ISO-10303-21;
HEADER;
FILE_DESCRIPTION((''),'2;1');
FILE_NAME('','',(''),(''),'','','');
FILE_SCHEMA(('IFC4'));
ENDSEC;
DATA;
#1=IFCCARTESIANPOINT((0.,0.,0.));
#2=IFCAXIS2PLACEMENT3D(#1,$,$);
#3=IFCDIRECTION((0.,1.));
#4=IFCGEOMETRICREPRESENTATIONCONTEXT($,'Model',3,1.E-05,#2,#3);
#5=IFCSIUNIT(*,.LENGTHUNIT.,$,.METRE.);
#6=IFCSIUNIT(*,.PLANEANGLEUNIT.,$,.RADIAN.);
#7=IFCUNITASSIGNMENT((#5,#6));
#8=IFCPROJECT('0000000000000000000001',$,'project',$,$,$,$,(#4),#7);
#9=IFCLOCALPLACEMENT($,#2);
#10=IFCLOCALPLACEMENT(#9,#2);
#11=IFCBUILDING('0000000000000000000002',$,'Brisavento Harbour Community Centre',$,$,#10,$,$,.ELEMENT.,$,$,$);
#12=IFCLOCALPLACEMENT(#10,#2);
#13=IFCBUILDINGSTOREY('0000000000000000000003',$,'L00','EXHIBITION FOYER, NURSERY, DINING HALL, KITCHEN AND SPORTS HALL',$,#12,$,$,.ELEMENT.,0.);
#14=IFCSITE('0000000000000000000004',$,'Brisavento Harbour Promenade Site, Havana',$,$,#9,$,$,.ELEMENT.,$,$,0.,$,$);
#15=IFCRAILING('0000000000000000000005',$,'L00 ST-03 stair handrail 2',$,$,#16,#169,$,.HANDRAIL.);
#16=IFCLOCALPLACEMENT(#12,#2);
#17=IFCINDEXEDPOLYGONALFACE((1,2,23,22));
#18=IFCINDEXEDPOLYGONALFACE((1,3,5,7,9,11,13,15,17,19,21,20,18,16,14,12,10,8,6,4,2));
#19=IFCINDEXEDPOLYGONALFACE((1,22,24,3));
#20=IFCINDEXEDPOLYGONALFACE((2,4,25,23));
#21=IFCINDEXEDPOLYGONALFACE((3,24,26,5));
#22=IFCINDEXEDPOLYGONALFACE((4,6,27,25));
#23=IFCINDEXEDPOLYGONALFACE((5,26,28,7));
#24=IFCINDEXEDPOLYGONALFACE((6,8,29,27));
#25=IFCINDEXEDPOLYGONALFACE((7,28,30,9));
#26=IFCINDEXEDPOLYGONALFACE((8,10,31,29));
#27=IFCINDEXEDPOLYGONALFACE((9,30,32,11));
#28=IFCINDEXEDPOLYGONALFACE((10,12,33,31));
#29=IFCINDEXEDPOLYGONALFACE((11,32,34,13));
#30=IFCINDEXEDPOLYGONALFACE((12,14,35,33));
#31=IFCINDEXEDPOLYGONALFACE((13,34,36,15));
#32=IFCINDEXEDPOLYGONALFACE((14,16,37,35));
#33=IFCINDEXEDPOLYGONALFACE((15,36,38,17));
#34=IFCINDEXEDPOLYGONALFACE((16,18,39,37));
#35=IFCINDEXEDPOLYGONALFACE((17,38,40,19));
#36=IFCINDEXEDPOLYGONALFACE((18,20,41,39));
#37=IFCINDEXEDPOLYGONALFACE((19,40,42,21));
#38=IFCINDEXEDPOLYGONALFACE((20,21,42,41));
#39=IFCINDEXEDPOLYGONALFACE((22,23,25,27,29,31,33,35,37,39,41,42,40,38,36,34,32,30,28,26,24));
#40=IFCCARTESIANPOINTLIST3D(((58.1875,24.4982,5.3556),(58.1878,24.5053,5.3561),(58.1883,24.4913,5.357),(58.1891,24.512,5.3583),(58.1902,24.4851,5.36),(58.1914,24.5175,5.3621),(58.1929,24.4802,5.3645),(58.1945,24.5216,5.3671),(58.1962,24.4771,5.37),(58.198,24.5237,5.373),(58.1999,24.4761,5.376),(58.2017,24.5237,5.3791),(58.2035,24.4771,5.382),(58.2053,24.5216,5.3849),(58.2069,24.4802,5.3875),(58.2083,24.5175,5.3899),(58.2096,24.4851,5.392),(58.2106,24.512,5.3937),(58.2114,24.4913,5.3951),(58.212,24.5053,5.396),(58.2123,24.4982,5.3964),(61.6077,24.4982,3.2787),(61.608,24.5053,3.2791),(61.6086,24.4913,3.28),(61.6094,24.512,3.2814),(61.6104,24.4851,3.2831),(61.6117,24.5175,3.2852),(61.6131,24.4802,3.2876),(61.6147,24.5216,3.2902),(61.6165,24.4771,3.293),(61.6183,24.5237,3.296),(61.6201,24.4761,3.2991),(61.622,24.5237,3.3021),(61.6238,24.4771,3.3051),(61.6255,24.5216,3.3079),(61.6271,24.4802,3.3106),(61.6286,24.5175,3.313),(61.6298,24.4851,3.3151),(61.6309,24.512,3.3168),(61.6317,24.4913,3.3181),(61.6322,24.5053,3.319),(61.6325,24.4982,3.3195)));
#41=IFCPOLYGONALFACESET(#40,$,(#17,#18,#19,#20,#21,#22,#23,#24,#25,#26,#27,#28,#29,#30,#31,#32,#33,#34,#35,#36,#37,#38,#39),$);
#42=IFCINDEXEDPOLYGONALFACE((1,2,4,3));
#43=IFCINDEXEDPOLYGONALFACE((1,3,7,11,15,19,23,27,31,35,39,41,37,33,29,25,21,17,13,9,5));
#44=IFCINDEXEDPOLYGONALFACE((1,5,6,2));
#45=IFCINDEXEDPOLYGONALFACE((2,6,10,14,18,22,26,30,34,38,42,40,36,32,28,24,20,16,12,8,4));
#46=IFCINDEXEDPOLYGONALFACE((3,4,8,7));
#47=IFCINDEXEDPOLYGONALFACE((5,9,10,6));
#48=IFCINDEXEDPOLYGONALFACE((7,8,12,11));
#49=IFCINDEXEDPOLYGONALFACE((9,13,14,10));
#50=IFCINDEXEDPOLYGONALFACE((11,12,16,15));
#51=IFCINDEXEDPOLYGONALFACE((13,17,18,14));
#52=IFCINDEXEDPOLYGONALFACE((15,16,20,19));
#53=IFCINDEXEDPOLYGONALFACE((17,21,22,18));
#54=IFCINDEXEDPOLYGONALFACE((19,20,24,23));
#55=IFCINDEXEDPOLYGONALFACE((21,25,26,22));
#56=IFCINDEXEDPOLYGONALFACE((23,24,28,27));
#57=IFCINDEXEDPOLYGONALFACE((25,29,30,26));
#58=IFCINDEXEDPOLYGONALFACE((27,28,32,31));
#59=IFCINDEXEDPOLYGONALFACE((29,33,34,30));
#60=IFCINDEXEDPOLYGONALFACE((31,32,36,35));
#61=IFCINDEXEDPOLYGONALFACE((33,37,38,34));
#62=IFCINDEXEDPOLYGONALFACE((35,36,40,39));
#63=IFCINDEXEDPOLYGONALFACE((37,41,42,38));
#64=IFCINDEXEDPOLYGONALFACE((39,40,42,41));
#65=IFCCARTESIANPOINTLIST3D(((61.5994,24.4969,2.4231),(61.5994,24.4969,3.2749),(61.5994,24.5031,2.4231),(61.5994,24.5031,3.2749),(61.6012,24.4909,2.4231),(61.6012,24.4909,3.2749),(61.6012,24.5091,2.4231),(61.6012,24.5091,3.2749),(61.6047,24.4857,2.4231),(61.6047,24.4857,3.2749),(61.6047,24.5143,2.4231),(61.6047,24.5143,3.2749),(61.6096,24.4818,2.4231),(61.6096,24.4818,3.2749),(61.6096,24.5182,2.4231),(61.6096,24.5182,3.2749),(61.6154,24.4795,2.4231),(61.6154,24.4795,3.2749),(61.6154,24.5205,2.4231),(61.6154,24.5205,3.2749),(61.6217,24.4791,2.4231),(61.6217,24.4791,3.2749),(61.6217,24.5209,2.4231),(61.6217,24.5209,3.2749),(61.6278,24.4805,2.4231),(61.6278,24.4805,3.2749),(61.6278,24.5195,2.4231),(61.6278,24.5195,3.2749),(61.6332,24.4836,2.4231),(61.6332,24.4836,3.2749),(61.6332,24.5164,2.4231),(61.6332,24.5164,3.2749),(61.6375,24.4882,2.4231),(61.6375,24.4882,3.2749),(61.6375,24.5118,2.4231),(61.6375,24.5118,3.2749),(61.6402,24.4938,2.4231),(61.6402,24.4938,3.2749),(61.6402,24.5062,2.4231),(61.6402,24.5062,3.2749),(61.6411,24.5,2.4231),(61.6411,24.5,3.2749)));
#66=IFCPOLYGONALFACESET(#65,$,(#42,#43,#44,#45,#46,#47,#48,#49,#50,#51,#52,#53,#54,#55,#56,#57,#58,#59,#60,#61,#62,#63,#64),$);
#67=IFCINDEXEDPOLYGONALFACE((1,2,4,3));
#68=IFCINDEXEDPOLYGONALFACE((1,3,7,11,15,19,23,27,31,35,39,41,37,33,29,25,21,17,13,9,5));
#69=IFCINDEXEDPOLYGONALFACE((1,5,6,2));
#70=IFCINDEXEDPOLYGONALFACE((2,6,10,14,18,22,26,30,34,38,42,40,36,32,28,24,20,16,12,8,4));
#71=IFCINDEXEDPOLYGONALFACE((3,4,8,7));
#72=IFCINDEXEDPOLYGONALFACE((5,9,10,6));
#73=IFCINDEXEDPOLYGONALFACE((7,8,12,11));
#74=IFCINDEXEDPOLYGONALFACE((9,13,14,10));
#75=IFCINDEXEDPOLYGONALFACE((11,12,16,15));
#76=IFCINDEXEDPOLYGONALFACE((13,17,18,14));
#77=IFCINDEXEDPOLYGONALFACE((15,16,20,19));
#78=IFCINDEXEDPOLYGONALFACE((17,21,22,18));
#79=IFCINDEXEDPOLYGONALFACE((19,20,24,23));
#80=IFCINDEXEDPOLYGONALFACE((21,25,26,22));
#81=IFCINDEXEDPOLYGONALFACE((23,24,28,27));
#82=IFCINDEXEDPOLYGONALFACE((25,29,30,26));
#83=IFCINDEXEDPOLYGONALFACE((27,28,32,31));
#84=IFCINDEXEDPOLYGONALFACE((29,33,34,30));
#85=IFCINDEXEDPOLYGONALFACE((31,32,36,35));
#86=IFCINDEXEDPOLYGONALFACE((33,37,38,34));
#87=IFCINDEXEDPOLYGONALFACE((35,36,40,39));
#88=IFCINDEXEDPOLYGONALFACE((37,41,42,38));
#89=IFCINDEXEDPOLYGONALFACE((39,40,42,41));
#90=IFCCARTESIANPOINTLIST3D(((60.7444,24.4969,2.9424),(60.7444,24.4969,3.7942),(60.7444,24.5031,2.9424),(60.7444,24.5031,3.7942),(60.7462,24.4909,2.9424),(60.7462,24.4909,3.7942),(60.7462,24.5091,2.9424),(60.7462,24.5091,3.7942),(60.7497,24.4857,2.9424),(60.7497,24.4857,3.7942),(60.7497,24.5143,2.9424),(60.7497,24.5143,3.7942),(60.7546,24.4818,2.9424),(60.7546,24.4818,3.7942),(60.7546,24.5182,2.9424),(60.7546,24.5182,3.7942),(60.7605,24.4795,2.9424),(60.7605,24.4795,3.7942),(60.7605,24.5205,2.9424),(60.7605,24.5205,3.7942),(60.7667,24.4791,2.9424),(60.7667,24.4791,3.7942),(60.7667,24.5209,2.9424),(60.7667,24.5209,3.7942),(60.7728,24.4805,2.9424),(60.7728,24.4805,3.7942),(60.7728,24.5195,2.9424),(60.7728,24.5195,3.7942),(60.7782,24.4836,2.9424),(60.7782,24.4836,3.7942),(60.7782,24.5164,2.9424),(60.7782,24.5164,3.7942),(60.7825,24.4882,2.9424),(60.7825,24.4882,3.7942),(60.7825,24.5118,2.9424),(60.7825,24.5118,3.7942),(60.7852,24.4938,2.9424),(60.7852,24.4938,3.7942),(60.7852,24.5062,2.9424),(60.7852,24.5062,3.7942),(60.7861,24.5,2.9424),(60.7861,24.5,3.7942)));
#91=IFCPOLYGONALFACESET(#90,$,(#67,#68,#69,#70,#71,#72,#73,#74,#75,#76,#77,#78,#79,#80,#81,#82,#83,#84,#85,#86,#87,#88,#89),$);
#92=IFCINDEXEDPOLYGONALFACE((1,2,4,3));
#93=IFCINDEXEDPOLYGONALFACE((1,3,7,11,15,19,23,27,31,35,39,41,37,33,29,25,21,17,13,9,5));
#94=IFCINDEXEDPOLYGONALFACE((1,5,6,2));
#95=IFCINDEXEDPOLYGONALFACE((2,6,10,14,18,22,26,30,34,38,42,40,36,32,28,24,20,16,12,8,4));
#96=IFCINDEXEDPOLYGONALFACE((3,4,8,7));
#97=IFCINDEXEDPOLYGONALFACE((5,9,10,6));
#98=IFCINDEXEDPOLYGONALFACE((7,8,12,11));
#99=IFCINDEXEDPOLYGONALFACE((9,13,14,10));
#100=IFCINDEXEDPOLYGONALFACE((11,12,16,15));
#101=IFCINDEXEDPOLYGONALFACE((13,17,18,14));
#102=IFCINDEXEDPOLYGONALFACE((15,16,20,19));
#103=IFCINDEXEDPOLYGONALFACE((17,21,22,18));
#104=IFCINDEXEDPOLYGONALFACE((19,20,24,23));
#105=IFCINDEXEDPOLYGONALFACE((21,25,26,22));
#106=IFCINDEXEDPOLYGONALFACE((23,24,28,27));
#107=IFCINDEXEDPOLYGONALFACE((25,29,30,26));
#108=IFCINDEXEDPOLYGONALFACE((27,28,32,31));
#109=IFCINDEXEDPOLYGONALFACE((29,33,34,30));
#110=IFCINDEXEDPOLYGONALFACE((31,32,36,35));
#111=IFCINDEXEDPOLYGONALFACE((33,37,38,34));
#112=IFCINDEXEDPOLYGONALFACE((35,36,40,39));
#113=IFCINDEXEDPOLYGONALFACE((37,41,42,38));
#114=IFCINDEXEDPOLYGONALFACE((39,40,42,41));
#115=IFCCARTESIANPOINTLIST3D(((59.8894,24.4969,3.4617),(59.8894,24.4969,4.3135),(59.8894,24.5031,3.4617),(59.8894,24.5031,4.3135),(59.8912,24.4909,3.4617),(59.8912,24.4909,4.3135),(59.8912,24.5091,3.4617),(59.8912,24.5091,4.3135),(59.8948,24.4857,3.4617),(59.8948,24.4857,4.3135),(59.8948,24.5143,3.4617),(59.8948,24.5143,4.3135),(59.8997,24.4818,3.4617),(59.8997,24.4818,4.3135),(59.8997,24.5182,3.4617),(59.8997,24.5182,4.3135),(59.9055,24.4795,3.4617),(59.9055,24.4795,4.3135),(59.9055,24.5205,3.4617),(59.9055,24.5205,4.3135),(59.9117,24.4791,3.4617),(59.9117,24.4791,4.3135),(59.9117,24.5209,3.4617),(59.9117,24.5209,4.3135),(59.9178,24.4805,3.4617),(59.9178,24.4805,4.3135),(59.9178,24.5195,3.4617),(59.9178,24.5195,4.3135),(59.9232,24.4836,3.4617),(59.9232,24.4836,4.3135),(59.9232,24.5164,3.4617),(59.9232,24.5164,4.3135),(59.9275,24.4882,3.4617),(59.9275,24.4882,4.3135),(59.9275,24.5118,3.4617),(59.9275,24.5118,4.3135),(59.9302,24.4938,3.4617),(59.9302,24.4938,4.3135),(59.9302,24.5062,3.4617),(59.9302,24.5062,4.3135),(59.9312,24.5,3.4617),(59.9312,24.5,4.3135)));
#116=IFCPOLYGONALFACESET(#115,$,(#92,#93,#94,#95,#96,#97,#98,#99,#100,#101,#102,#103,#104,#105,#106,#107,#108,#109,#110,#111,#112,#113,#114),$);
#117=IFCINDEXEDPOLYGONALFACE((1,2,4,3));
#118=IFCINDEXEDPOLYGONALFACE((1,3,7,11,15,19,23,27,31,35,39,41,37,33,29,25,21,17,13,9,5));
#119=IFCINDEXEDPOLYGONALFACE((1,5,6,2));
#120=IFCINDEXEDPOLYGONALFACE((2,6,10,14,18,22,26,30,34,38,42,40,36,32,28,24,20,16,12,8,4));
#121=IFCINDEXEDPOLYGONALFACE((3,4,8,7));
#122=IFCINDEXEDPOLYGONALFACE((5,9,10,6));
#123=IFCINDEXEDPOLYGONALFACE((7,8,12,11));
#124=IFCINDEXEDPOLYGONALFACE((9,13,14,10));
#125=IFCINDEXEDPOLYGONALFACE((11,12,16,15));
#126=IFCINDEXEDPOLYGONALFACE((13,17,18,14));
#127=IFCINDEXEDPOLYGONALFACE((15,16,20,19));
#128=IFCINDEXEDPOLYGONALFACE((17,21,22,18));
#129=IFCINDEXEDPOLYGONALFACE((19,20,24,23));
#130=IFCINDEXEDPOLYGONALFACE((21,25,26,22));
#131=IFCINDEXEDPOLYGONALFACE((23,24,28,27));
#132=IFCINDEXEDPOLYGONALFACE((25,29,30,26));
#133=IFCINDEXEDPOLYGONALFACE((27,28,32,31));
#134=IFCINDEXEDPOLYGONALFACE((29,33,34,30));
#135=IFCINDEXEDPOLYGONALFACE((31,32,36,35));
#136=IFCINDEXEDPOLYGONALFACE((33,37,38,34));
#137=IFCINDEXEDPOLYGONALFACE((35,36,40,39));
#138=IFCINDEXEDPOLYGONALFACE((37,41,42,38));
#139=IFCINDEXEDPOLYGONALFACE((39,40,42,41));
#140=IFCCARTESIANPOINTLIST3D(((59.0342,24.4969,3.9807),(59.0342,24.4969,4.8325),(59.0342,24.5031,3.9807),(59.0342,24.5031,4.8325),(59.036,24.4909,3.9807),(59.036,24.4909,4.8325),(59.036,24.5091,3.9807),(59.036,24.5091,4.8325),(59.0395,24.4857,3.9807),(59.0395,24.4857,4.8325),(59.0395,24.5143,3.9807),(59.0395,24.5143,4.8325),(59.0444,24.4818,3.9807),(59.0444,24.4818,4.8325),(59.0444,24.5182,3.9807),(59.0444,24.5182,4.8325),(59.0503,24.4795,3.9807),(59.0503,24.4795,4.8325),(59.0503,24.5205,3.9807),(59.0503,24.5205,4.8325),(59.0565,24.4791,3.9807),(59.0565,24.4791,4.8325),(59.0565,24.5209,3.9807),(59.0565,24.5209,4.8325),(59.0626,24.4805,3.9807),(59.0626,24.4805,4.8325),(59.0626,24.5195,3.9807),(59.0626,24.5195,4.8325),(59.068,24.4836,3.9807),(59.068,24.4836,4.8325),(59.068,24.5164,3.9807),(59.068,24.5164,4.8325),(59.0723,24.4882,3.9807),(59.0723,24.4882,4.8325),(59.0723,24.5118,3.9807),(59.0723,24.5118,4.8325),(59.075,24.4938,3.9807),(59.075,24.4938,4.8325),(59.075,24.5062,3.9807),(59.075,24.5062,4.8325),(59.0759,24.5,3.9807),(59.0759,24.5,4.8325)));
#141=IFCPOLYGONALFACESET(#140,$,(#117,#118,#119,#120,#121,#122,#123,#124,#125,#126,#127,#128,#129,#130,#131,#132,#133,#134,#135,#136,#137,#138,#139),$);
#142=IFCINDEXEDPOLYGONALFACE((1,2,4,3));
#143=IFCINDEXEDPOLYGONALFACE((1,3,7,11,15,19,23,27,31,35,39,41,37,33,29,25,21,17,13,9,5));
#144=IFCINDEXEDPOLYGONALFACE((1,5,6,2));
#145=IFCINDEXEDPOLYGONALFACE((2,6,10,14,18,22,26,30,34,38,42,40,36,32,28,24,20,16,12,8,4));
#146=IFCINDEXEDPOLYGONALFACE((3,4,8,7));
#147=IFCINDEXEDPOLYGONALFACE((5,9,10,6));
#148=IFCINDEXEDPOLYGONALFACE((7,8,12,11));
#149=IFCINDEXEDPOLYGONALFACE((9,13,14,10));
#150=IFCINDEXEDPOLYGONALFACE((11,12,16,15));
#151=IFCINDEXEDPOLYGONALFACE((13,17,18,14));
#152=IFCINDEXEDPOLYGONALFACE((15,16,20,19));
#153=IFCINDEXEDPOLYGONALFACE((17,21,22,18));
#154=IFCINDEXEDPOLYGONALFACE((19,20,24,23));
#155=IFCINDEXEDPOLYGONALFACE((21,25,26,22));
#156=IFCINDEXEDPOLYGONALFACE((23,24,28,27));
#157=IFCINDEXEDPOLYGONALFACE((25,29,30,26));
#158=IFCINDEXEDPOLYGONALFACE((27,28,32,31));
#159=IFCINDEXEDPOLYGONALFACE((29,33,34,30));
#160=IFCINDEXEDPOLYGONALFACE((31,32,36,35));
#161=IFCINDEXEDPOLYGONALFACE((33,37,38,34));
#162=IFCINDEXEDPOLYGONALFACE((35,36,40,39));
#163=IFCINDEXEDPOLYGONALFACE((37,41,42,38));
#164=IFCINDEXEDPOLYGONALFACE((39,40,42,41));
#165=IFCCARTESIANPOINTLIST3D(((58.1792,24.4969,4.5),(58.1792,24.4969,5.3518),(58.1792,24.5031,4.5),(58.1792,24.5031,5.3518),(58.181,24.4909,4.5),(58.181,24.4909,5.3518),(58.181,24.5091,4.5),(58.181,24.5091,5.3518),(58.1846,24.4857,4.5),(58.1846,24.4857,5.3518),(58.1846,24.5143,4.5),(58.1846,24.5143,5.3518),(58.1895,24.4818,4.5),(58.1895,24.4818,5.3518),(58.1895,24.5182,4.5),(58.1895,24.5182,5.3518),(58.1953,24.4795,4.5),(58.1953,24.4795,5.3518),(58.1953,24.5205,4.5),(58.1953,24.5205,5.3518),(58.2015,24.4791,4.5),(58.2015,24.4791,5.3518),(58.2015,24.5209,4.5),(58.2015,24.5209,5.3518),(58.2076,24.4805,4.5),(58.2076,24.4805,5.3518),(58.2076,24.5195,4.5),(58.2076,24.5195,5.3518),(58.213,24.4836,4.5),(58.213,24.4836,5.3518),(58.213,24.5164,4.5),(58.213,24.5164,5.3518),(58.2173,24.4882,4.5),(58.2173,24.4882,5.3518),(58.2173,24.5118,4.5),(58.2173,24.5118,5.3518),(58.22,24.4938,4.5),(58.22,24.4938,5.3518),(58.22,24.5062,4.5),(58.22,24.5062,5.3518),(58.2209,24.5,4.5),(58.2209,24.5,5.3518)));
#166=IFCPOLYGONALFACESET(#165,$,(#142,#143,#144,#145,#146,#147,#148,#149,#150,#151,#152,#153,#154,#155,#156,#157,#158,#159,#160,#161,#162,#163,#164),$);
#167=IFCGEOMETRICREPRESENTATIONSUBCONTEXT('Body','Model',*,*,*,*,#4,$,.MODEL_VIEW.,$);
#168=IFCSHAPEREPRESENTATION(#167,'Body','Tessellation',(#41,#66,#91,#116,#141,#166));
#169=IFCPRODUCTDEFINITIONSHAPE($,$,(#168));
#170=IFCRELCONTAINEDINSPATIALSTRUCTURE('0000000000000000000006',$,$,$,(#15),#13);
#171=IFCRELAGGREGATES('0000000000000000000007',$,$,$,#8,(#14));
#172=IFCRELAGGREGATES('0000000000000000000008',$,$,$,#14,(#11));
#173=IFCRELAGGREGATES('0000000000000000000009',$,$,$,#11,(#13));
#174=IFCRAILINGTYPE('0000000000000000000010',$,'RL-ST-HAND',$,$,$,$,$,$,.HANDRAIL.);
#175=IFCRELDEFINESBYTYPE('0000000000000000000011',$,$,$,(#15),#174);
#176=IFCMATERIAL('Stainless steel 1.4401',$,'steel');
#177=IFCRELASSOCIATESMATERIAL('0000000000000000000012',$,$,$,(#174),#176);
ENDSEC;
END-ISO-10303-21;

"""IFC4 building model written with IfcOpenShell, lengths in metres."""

from ifc_helpers import new_model, si_unit, direction, frame, origin, origin_2d, place, context, subcontext, project, spatial, circle, extrude, material, type_object, element, save


model = new_model("IFC4")

# Units and contexts
model_context = context("Model", 3, precision=1e-05, world=origin(), true_north=direction((0.0, 1.0)))
body_context = subcontext(model_context, "Body", "Model", "MODEL_VIEW")
ifc_project = project(units=[si_unit("LENGTHUNIT", "METRE"), si_unit("PLANEANGLEUNIT", "RADIAN")], contexts=[model_context])

# Site, building, storey
site_placement = place(None, origin())
site = spatial("IfcSite", under=ifc_project, at=site_placement, Name="Brisavento Harbour Promenade Site, Havana", CompositionType="ELEMENT", RefElevation=0.0)
building_placement = place(site_placement, origin())
building = spatial("IfcBuilding", under=site, at=building_placement, Name="Brisavento Harbour Community Centre", CompositionType="ELEMENT")
storey_placement = place(building_placement, origin())
storey = spatial("IfcBuildingStorey", under=building, at=storey_placement, Name="L00", Description="EXHIBITION FOYER, NURSERY, DINING HALL, KITCHEN AND SPORTS HALL", CompositionType="ELEMENT", Elevation=0.0)

# Railing
ifc_material_1 = material(Name="Stainless steel 1.4401", Category="steel")
railing_type_1 = type_object("IfcRailingType", Name="RL-ST-HAND", PredefinedType="HANDRAIL", material=ifc_material_1)
railing_1_placement = place(storey_placement, frame((61.6201, 24.5, 2.4231)))
element("IfcRailing", 1, at=railing_1_placement, inside=storey, type_object=railing_type_1, Name="L00 ST-03 stair handrail 2", PredefinedType="HANDRAIL", context=body_context, shape_type="SweptSolid", body=[
    extrude(circle(Radius=0.0239, at=origin_2d()), frame((0.0, 0.0, 0.876), z_axis=(-0.854746, 0.0, 0.519047), x_axis=(0.0, -1.0, 0.0)), (0.0, 0.0, 1.0), 4.0015),
    extrude(circle(Radius=0.021, at=origin_2d()), origin(), (0.0, 0.0, 1.0), 0.8518),
    extrude(circle(Radius=0.021, at=origin_2d()), frame((-0.855, 0.0, 0.5193)), (0.0, 0.0, 1.0), 0.8518),
    extrude(circle(Radius=0.021, at=origin_2d()), frame((-1.71, 0.0, 1.0386)), (0.0, 0.0, 1.0), 0.8518),
    extrude(circle(Radius=0.021, at=origin_2d()), frame((-2.5652, 0.0, 1.5576)), (0.0, 0.0, 1.0), 0.8518),
    extrude(circle(Radius=0.021, at=origin_2d()), frame((-3.4202, 0.0, 2.0769)), (0.0, 0.0, 1.0), 0.8518),
])

save(model, "model.ifc")
